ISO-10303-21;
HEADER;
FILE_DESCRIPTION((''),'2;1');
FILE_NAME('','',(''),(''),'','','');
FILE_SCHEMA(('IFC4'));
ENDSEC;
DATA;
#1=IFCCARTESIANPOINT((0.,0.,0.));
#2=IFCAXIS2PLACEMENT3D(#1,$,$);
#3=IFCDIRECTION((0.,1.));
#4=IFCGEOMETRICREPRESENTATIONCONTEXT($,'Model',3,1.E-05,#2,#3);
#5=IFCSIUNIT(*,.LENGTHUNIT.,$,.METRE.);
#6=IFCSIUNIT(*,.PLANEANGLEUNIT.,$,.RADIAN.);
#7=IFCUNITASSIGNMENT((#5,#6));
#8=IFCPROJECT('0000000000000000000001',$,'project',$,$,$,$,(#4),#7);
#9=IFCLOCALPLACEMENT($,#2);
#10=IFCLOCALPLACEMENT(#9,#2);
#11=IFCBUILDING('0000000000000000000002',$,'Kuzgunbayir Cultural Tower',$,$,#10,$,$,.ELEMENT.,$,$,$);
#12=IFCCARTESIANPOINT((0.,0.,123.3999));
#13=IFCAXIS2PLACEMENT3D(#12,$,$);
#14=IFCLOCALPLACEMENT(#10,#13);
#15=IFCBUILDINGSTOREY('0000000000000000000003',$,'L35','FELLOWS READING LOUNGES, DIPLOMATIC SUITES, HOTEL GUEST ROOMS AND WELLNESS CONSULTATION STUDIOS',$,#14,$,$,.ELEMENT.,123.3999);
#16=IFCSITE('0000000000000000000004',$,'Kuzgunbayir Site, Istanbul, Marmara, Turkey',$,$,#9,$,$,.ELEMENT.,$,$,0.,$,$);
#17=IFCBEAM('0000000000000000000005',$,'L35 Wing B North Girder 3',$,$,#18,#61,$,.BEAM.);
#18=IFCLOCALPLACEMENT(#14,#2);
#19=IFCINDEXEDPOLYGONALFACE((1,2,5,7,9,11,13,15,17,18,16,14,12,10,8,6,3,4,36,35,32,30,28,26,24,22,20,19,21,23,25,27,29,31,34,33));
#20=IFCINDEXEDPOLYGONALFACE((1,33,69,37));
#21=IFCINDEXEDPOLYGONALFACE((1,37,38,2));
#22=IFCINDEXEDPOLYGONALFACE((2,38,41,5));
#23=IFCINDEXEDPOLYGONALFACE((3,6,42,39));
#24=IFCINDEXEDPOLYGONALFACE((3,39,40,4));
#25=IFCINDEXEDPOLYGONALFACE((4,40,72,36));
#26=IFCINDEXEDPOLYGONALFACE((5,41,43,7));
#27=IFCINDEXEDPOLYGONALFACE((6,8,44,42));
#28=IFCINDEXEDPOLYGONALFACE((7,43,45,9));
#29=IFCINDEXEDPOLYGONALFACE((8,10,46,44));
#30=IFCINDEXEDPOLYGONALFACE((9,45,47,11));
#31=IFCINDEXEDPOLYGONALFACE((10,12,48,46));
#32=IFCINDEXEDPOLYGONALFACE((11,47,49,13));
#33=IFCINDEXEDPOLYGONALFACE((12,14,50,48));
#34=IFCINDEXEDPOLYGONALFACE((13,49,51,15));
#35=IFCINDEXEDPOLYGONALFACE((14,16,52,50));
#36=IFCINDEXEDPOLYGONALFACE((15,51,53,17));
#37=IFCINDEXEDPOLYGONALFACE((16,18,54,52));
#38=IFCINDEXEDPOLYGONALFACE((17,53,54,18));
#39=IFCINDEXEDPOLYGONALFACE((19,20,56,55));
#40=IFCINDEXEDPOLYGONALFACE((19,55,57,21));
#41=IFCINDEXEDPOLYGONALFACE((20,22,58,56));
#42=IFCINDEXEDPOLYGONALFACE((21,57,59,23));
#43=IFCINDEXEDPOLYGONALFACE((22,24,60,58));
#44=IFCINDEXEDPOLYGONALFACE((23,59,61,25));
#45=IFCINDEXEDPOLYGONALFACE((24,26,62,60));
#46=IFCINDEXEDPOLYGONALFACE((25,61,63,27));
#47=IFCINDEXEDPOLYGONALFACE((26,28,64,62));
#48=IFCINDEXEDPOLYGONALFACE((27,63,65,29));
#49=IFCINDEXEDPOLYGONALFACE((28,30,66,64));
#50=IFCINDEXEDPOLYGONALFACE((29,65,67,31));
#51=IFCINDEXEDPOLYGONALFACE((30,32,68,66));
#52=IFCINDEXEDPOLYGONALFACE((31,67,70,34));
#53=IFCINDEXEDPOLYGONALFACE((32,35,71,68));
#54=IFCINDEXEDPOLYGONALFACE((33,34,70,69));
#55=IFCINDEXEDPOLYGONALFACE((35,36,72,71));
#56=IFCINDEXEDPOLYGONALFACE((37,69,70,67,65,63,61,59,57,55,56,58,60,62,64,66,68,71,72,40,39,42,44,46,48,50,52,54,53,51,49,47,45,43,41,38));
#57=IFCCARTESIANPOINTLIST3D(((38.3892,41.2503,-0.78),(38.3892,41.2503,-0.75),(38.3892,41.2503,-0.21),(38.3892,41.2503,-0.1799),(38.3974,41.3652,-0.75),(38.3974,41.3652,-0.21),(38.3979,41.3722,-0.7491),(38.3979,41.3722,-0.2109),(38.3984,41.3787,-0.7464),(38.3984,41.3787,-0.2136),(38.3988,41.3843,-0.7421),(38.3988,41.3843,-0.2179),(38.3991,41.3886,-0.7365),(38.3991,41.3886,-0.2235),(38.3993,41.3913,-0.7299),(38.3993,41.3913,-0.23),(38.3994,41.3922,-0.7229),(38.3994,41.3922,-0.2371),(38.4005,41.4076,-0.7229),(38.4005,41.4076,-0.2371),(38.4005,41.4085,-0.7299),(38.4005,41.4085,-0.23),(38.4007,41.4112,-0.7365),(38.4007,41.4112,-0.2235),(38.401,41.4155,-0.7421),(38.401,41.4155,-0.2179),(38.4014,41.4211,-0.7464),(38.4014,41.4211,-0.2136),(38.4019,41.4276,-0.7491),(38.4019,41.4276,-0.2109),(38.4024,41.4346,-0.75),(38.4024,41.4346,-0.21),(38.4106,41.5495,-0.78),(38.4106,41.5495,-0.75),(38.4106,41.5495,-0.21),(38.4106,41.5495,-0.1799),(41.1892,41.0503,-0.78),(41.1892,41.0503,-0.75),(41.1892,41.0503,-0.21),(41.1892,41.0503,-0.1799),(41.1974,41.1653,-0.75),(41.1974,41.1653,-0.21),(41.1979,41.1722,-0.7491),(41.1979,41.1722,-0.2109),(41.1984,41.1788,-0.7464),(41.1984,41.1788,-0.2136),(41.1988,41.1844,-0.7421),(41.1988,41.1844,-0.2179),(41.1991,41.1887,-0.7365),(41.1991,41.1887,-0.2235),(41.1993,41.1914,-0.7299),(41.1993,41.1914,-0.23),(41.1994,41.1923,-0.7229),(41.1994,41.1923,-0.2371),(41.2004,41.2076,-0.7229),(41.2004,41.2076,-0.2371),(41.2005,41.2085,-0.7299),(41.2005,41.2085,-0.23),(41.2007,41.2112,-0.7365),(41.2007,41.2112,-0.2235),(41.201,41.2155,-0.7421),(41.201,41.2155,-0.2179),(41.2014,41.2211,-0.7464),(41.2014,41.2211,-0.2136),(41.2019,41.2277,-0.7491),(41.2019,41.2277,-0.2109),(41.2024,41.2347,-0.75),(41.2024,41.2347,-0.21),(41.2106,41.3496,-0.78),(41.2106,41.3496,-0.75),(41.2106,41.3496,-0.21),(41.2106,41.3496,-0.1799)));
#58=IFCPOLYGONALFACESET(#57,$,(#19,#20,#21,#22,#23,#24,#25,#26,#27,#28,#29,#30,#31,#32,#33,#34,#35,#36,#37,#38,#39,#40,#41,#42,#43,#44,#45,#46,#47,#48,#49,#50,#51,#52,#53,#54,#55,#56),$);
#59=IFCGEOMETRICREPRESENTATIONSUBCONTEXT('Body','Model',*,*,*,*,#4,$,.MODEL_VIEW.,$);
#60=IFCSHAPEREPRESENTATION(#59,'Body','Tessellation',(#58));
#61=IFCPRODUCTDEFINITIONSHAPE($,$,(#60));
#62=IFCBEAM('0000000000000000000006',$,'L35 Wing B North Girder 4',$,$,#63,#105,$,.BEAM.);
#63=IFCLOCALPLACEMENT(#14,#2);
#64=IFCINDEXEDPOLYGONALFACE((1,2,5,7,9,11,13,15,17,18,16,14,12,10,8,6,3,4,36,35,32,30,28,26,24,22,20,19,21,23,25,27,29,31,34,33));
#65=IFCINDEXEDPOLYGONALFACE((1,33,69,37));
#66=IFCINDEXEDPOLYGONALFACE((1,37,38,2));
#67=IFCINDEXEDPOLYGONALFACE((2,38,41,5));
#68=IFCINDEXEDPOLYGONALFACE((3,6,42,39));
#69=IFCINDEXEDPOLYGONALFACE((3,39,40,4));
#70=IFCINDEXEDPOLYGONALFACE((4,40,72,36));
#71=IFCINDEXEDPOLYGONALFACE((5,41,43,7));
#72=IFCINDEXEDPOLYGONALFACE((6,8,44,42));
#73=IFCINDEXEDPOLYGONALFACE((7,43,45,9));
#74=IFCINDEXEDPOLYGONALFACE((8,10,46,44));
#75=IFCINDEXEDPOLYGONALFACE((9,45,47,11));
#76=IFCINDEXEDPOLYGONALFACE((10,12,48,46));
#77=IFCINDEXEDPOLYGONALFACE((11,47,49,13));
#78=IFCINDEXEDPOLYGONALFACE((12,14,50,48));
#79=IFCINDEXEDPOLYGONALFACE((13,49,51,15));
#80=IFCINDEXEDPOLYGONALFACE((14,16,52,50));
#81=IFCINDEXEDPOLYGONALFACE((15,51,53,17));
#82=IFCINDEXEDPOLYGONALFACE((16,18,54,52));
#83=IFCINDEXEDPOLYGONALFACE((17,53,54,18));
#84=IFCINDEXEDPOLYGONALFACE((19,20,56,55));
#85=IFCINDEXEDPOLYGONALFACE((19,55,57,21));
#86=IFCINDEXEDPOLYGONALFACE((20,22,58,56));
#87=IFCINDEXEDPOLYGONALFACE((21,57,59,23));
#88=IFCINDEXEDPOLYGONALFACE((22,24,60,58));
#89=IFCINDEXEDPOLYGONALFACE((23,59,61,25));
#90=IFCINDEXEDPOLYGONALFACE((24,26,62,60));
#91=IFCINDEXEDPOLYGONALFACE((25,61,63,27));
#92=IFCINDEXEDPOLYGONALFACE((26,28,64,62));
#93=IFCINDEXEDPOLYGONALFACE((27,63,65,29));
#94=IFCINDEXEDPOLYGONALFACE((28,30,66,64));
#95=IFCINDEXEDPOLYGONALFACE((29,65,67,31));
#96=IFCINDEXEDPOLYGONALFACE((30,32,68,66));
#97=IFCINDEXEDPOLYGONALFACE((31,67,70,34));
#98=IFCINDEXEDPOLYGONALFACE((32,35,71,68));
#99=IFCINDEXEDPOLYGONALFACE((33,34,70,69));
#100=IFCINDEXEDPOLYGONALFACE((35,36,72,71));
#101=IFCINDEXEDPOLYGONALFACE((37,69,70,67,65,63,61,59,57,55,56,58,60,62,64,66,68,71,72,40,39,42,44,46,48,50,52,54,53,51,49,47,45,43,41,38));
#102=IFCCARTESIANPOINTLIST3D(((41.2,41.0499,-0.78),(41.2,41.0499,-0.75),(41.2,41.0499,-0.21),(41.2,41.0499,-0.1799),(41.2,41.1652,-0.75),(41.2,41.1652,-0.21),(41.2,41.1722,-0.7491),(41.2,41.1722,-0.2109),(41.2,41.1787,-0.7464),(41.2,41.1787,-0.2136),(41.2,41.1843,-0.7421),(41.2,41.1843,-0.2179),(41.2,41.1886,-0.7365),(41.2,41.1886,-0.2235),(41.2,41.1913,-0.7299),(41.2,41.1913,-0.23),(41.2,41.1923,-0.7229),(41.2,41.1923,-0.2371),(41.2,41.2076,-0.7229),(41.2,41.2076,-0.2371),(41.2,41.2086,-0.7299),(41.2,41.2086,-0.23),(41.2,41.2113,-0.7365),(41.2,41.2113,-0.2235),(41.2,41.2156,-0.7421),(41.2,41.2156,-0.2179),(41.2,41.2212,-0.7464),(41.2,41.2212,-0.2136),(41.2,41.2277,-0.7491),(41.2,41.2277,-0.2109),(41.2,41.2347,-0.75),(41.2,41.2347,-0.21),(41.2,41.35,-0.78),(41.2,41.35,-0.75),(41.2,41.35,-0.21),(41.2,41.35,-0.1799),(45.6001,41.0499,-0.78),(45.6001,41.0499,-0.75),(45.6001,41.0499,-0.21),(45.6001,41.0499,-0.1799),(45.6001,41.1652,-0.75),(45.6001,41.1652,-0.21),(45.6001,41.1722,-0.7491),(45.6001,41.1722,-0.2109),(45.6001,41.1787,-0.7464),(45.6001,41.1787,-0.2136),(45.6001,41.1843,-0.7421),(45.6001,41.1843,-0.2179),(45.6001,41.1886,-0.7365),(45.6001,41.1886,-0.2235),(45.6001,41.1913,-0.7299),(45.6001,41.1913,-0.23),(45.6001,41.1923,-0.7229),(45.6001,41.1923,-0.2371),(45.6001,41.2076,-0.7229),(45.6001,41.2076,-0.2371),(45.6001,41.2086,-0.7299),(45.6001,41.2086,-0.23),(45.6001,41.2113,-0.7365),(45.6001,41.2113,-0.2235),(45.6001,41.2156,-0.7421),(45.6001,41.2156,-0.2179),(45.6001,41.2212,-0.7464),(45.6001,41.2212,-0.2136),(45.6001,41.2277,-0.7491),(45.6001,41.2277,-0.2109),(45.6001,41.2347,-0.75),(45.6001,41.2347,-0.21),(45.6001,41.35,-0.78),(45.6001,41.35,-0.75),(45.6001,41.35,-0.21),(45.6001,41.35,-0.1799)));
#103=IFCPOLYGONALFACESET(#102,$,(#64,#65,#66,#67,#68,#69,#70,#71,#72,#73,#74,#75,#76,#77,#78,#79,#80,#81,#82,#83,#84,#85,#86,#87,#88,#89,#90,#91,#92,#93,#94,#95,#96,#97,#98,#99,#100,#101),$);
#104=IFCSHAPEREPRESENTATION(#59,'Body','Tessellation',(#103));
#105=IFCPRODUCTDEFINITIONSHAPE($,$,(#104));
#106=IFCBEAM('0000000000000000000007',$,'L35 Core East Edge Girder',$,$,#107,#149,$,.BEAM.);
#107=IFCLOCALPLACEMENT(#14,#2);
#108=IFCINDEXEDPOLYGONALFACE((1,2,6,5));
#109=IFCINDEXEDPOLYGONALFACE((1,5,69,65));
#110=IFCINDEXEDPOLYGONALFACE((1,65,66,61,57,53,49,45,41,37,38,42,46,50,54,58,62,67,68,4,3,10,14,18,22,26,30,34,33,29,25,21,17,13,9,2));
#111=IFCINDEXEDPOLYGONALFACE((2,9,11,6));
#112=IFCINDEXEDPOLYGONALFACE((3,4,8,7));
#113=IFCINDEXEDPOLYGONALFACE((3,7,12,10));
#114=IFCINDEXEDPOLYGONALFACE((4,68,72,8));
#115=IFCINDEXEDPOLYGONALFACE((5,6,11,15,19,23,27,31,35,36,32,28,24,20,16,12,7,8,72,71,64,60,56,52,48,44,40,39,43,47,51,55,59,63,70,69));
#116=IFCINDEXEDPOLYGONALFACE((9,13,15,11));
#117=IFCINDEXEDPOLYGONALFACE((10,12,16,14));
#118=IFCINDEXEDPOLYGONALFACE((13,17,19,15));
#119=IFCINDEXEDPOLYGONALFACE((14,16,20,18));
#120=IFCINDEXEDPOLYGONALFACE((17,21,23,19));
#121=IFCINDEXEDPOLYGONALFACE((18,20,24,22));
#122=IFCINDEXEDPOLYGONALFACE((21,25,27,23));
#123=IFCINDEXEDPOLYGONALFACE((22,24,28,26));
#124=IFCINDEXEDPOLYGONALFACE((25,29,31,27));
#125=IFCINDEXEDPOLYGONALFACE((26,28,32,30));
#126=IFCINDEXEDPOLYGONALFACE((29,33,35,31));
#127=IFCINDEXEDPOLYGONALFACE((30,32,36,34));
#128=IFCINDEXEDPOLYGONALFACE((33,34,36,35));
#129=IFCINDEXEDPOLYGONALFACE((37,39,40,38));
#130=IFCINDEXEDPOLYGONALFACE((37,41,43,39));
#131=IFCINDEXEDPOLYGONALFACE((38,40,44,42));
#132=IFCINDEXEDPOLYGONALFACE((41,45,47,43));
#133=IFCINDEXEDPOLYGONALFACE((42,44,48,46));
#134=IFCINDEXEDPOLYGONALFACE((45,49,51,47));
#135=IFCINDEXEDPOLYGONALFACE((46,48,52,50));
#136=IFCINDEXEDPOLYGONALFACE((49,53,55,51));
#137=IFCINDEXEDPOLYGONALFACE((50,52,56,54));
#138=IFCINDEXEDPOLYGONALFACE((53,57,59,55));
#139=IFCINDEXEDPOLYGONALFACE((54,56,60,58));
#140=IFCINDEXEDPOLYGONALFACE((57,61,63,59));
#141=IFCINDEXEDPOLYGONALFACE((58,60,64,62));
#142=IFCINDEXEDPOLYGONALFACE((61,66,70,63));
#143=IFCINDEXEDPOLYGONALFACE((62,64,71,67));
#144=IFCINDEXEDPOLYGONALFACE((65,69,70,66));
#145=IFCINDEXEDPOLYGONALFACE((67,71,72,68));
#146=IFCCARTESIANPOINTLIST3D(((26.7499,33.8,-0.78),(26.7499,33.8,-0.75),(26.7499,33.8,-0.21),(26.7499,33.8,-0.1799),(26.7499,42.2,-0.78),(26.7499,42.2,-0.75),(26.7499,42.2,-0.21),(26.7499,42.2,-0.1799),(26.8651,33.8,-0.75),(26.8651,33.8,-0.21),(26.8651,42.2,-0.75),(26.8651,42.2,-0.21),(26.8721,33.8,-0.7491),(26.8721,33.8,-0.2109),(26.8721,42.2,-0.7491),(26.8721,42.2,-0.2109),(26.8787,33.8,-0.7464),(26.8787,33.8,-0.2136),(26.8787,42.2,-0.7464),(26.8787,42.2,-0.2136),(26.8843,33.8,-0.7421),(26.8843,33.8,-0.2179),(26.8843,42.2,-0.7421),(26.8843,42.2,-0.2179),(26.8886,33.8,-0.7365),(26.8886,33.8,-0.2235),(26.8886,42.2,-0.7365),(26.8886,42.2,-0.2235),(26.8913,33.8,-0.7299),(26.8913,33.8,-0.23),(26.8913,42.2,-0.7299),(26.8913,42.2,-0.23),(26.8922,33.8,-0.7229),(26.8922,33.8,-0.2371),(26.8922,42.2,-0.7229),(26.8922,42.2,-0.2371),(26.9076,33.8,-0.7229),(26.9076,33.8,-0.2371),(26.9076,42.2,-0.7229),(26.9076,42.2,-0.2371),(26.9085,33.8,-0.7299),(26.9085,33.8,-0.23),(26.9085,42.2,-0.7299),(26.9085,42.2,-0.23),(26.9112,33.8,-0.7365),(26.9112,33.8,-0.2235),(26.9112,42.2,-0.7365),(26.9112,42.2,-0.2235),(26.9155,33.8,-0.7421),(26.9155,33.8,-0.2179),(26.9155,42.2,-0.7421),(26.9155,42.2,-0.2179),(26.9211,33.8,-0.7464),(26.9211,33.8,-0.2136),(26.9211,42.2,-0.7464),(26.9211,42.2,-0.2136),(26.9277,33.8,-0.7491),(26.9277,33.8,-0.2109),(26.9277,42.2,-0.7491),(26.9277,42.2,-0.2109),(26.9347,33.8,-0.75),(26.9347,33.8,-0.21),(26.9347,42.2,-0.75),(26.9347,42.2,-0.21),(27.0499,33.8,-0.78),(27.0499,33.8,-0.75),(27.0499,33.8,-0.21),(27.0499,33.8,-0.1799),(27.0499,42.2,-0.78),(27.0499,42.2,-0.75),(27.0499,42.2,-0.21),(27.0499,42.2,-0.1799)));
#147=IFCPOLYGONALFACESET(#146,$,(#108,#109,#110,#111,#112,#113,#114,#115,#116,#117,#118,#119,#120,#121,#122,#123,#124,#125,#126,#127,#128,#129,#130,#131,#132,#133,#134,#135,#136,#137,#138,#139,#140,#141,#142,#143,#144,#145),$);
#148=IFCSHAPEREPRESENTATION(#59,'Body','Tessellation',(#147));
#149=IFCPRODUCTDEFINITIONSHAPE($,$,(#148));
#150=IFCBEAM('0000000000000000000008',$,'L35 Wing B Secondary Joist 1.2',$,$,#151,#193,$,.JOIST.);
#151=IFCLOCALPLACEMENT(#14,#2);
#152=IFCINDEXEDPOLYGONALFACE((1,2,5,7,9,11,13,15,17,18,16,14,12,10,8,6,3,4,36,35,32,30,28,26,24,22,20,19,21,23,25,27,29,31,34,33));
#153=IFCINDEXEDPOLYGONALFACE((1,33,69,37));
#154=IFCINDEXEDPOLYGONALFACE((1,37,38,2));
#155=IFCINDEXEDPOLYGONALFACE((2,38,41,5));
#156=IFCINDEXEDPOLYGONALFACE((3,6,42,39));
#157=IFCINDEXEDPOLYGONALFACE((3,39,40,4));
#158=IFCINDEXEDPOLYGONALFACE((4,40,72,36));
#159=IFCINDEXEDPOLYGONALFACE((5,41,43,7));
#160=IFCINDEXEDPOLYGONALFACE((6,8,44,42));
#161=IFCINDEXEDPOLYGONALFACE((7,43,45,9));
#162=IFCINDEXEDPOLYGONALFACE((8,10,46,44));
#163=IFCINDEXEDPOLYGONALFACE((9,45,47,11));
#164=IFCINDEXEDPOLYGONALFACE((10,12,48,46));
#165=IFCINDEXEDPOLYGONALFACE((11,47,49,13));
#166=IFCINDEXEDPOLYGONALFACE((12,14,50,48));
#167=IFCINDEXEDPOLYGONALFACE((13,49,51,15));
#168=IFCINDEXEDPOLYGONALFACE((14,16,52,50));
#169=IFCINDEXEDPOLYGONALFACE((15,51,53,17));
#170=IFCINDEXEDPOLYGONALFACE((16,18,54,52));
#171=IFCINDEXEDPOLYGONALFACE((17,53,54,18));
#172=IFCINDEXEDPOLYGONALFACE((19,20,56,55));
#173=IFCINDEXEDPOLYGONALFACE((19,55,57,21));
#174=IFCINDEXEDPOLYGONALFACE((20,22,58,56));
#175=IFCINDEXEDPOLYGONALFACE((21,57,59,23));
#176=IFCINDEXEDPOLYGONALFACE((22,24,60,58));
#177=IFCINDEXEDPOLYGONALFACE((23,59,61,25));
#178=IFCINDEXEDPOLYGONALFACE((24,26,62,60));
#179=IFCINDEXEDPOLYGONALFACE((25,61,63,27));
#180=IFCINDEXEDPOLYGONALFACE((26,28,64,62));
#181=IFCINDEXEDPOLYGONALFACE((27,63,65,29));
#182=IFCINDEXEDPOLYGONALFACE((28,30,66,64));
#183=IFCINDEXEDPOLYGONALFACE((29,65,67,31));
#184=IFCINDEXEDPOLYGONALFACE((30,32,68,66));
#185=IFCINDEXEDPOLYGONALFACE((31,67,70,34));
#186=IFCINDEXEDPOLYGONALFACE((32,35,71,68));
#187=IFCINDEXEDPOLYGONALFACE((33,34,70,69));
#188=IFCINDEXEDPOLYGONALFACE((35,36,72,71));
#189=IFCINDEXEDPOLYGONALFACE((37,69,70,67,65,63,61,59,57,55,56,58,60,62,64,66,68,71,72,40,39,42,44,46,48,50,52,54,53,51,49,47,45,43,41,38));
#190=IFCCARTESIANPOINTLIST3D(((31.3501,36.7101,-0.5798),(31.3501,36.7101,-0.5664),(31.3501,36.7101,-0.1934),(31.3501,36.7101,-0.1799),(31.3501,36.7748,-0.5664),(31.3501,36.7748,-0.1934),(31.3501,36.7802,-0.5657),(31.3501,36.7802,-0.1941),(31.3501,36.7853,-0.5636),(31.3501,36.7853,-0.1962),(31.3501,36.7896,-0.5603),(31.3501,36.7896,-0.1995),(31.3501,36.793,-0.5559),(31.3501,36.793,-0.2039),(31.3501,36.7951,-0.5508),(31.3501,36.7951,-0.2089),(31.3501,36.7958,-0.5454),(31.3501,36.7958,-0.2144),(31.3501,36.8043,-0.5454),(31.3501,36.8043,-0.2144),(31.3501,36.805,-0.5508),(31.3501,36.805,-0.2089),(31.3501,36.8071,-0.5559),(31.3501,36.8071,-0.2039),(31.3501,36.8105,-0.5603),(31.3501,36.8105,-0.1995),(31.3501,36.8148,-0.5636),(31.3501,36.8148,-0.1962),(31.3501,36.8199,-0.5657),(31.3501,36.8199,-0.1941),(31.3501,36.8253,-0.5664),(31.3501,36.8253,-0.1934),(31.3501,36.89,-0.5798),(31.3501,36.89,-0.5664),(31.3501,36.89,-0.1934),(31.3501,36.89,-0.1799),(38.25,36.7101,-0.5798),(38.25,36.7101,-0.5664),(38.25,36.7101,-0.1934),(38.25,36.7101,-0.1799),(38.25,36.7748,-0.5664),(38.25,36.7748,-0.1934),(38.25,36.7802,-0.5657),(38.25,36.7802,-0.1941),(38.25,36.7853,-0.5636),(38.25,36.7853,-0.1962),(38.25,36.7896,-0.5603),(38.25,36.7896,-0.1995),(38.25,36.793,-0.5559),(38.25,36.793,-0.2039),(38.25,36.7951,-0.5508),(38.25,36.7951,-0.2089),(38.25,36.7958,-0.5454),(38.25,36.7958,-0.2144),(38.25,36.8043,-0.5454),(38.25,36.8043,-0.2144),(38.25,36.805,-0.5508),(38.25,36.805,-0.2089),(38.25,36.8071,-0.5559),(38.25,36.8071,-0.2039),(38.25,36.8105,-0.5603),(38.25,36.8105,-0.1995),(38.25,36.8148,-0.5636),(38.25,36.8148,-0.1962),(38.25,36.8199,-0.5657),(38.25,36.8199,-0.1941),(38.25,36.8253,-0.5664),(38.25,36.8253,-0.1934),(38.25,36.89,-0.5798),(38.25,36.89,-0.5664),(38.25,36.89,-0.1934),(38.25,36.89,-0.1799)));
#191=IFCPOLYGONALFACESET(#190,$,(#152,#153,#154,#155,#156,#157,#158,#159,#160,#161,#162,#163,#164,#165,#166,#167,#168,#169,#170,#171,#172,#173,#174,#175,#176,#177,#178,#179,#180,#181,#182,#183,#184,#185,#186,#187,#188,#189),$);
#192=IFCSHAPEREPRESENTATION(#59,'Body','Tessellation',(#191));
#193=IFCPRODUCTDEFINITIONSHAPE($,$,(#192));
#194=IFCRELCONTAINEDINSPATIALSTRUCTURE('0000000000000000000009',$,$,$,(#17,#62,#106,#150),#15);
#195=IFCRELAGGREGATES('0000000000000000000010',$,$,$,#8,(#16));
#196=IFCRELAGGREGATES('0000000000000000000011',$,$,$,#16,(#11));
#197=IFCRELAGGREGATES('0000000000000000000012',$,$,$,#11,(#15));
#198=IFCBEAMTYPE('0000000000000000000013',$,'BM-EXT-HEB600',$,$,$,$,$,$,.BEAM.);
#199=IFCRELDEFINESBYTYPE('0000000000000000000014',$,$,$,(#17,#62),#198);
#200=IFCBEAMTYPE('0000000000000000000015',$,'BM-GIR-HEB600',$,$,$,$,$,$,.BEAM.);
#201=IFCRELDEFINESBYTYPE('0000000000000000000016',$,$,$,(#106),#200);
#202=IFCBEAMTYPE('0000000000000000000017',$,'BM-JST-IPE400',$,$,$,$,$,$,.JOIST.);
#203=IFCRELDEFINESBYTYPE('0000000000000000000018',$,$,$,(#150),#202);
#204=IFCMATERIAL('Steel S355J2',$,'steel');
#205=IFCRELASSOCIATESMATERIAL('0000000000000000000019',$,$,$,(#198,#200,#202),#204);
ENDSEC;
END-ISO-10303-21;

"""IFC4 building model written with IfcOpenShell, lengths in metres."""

from ifc_helpers import new_model, si_unit, direction, frame, origin, origin_2d, place, context, subcontext, project, spatial, i_section, extrude, material, material_profile, profile_set, type_object, element, save


model = new_model("IFC4")

# Units and contexts
model_context = context("Model", 3, precision=1e-05, world=origin(), true_north=direction((0.0, 1.0)))
body_context = subcontext(model_context, "Body", "Model", "MODEL_VIEW")
ifc_project = project(units=[si_unit("LENGTHUNIT", "METRE"), si_unit("PLANEANGLEUNIT", "RADIAN")], contexts=[model_context])

# Site, building, storey
site_placement = place(None, origin())
site = spatial("IfcSite", under=ifc_project, at=site_placement, Name="Kuzgunbayir Site, Istanbul, Marmara, Turkey", CompositionType="ELEMENT", RefElevation=0.0)
building_placement = place(site_placement, origin())
building = spatial("IfcBuilding", under=site, at=building_placement, Name="Kuzgunbayir Cultural Tower", CompositionType="ELEMENT")
storey_placement = place(building_placement, frame((0.0, 0.0, 123.3999)))
storey = spatial("IfcBuildingStorey", under=building, at=storey_placement, Name="L35", Description="FELLOWS READING LOUNGES, DIPLOMATIC SUITES, HOTEL GUEST ROOMS AND WELLNESS CONSULTATION STUDIOS", CompositionType="ELEMENT", Elevation=123.3999)

# Beams
ifc_material_1 = material(Name="Steel S355J2", Category="steel")
ifc_material_profile_1 = material_profile(ifc_material_1, i_section(OverallWidth=0.3, OverallDepth=0.6001, WebThickness=0.0154, FlangeThickness=0.03, FilletRadius=0.0271, at=origin_2d()), Name="HEB 600")
ifc_profile_set_1 = profile_set([ifc_material_profile_1], Name="Steel S355J2")
beam_type_1 = type_object("IfcBeamType", Name="BM-EXT-HEB600", PredefinedType="BEAM", material=ifc_profile_set_1)
beam_1_placement = place(storey_placement, frame((38.3999, 41.3999, -0.48), z_axis=(0.99746, -0.071229, 0.0), x_axis=(0.071229, 0.99746, 0.0)))
element("IfcBeam", 1, at=beam_1_placement, inside=storey, type_object=beam_type_1, Name="L35 Wing B North Girder 3", PredefinedType="BEAM", context=body_context, shape_type="SweptSolid", body=[
    extrude(i_section(OverallWidth=0.3, OverallDepth=0.6001, WebThickness=0.0154, FlangeThickness=0.03, FilletRadius=0.0271, at=origin_2d()), origin(), (0.0, 0.0, 1.0), 2.8071),
])
beam_2_placement = place(storey_placement, frame((41.2, 41.2, -0.48), z_axis=(1.0, 0.0, 0.0), x_axis=(0.0, 1.0, 0.0)))
element("IfcBeam", 2, at=beam_2_placement, inside=storey, type_object=beam_type_1, Name="L35 Wing B North Girder 4", PredefinedType="BEAM", context=body_context, shape_type="SweptSolid", body=[
    extrude(i_section(OverallWidth=0.3, OverallDepth=0.6001, WebThickness=0.0154, FlangeThickness=0.03, FilletRadius=0.0271, at=origin_2d()), origin(), (0.0, 0.0, 1.0), 4.4001),
])
ifc_material_profile_2 = material_profile(ifc_material_1, i_section(OverallWidth=0.3, OverallDepth=0.6001, WebThickness=0.0154, FlangeThickness=0.03, FilletRadius=0.0271, at=origin_2d()), Name="HEB 600")
ifc_profile_set_2 = profile_set([ifc_material_profile_2], Name="Steel S355J2")
beam_type_2 = type_object("IfcBeamType", Name="BM-GIR-HEB600", PredefinedType="BEAM", material=ifc_profile_set_2)
beam_3_placement = place(storey_placement, frame((26.8999, 33.8, -0.48), z_axis=(0.0, 1.0, 0.0), x_axis=(-1.0, 0.0, 0.0)))
element("IfcBeam", 3, at=beam_3_placement, inside=storey, type_object=beam_type_2, Name="L35 Core East Edge Girder", PredefinedType="BEAM", context=body_context, shape_type="SweptSolid", body=[
    extrude(i_section(OverallWidth=0.3, OverallDepth=0.6001, WebThickness=0.0154, FlangeThickness=0.03, FilletRadius=0.0271, at=origin_2d()), origin(), (0.0, 0.0, 1.0), 8.3999),
])
ifc_material_profile_3 = material_profile(ifc_material_1, i_section(OverallWidth=0.1799, OverallDepth=0.3999, WebThickness=0.0085, FlangeThickness=0.0134, FilletRadius=0.021, at=origin_2d()), Name="IPE 400")
ifc_profile_set_3 = profile_set([ifc_material_profile_3], Name="Steel S355J2")
beam_type_3 = type_object("IfcBeamType", Name="BM-JST-IPE400", PredefinedType="JOIST", material=ifc_profile_set_3)
beam_4_placement = place(storey_placement, frame((31.3501, 36.8, -0.3799), z_axis=(1.0, 0.0, 0.0), x_axis=(0.0, 1.0, 0.0)))
element("IfcBeam", 4, at=beam_4_placement, inside=storey, type_object=beam_type_3, Name="L35 Wing B Secondary Joist 1.2", PredefinedType="JOIST", context=body_context, shape_type="SweptSolid", body=[
    extrude(i_section(OverallWidth=0.1799, OverallDepth=0.3999, WebThickness=0.0085, FlangeThickness=0.0134, FilletRadius=0.021, at=origin_2d()), origin(), (0.0, 0.0, 1.0), 6.8999),
])

save(model, "model.ifc")
